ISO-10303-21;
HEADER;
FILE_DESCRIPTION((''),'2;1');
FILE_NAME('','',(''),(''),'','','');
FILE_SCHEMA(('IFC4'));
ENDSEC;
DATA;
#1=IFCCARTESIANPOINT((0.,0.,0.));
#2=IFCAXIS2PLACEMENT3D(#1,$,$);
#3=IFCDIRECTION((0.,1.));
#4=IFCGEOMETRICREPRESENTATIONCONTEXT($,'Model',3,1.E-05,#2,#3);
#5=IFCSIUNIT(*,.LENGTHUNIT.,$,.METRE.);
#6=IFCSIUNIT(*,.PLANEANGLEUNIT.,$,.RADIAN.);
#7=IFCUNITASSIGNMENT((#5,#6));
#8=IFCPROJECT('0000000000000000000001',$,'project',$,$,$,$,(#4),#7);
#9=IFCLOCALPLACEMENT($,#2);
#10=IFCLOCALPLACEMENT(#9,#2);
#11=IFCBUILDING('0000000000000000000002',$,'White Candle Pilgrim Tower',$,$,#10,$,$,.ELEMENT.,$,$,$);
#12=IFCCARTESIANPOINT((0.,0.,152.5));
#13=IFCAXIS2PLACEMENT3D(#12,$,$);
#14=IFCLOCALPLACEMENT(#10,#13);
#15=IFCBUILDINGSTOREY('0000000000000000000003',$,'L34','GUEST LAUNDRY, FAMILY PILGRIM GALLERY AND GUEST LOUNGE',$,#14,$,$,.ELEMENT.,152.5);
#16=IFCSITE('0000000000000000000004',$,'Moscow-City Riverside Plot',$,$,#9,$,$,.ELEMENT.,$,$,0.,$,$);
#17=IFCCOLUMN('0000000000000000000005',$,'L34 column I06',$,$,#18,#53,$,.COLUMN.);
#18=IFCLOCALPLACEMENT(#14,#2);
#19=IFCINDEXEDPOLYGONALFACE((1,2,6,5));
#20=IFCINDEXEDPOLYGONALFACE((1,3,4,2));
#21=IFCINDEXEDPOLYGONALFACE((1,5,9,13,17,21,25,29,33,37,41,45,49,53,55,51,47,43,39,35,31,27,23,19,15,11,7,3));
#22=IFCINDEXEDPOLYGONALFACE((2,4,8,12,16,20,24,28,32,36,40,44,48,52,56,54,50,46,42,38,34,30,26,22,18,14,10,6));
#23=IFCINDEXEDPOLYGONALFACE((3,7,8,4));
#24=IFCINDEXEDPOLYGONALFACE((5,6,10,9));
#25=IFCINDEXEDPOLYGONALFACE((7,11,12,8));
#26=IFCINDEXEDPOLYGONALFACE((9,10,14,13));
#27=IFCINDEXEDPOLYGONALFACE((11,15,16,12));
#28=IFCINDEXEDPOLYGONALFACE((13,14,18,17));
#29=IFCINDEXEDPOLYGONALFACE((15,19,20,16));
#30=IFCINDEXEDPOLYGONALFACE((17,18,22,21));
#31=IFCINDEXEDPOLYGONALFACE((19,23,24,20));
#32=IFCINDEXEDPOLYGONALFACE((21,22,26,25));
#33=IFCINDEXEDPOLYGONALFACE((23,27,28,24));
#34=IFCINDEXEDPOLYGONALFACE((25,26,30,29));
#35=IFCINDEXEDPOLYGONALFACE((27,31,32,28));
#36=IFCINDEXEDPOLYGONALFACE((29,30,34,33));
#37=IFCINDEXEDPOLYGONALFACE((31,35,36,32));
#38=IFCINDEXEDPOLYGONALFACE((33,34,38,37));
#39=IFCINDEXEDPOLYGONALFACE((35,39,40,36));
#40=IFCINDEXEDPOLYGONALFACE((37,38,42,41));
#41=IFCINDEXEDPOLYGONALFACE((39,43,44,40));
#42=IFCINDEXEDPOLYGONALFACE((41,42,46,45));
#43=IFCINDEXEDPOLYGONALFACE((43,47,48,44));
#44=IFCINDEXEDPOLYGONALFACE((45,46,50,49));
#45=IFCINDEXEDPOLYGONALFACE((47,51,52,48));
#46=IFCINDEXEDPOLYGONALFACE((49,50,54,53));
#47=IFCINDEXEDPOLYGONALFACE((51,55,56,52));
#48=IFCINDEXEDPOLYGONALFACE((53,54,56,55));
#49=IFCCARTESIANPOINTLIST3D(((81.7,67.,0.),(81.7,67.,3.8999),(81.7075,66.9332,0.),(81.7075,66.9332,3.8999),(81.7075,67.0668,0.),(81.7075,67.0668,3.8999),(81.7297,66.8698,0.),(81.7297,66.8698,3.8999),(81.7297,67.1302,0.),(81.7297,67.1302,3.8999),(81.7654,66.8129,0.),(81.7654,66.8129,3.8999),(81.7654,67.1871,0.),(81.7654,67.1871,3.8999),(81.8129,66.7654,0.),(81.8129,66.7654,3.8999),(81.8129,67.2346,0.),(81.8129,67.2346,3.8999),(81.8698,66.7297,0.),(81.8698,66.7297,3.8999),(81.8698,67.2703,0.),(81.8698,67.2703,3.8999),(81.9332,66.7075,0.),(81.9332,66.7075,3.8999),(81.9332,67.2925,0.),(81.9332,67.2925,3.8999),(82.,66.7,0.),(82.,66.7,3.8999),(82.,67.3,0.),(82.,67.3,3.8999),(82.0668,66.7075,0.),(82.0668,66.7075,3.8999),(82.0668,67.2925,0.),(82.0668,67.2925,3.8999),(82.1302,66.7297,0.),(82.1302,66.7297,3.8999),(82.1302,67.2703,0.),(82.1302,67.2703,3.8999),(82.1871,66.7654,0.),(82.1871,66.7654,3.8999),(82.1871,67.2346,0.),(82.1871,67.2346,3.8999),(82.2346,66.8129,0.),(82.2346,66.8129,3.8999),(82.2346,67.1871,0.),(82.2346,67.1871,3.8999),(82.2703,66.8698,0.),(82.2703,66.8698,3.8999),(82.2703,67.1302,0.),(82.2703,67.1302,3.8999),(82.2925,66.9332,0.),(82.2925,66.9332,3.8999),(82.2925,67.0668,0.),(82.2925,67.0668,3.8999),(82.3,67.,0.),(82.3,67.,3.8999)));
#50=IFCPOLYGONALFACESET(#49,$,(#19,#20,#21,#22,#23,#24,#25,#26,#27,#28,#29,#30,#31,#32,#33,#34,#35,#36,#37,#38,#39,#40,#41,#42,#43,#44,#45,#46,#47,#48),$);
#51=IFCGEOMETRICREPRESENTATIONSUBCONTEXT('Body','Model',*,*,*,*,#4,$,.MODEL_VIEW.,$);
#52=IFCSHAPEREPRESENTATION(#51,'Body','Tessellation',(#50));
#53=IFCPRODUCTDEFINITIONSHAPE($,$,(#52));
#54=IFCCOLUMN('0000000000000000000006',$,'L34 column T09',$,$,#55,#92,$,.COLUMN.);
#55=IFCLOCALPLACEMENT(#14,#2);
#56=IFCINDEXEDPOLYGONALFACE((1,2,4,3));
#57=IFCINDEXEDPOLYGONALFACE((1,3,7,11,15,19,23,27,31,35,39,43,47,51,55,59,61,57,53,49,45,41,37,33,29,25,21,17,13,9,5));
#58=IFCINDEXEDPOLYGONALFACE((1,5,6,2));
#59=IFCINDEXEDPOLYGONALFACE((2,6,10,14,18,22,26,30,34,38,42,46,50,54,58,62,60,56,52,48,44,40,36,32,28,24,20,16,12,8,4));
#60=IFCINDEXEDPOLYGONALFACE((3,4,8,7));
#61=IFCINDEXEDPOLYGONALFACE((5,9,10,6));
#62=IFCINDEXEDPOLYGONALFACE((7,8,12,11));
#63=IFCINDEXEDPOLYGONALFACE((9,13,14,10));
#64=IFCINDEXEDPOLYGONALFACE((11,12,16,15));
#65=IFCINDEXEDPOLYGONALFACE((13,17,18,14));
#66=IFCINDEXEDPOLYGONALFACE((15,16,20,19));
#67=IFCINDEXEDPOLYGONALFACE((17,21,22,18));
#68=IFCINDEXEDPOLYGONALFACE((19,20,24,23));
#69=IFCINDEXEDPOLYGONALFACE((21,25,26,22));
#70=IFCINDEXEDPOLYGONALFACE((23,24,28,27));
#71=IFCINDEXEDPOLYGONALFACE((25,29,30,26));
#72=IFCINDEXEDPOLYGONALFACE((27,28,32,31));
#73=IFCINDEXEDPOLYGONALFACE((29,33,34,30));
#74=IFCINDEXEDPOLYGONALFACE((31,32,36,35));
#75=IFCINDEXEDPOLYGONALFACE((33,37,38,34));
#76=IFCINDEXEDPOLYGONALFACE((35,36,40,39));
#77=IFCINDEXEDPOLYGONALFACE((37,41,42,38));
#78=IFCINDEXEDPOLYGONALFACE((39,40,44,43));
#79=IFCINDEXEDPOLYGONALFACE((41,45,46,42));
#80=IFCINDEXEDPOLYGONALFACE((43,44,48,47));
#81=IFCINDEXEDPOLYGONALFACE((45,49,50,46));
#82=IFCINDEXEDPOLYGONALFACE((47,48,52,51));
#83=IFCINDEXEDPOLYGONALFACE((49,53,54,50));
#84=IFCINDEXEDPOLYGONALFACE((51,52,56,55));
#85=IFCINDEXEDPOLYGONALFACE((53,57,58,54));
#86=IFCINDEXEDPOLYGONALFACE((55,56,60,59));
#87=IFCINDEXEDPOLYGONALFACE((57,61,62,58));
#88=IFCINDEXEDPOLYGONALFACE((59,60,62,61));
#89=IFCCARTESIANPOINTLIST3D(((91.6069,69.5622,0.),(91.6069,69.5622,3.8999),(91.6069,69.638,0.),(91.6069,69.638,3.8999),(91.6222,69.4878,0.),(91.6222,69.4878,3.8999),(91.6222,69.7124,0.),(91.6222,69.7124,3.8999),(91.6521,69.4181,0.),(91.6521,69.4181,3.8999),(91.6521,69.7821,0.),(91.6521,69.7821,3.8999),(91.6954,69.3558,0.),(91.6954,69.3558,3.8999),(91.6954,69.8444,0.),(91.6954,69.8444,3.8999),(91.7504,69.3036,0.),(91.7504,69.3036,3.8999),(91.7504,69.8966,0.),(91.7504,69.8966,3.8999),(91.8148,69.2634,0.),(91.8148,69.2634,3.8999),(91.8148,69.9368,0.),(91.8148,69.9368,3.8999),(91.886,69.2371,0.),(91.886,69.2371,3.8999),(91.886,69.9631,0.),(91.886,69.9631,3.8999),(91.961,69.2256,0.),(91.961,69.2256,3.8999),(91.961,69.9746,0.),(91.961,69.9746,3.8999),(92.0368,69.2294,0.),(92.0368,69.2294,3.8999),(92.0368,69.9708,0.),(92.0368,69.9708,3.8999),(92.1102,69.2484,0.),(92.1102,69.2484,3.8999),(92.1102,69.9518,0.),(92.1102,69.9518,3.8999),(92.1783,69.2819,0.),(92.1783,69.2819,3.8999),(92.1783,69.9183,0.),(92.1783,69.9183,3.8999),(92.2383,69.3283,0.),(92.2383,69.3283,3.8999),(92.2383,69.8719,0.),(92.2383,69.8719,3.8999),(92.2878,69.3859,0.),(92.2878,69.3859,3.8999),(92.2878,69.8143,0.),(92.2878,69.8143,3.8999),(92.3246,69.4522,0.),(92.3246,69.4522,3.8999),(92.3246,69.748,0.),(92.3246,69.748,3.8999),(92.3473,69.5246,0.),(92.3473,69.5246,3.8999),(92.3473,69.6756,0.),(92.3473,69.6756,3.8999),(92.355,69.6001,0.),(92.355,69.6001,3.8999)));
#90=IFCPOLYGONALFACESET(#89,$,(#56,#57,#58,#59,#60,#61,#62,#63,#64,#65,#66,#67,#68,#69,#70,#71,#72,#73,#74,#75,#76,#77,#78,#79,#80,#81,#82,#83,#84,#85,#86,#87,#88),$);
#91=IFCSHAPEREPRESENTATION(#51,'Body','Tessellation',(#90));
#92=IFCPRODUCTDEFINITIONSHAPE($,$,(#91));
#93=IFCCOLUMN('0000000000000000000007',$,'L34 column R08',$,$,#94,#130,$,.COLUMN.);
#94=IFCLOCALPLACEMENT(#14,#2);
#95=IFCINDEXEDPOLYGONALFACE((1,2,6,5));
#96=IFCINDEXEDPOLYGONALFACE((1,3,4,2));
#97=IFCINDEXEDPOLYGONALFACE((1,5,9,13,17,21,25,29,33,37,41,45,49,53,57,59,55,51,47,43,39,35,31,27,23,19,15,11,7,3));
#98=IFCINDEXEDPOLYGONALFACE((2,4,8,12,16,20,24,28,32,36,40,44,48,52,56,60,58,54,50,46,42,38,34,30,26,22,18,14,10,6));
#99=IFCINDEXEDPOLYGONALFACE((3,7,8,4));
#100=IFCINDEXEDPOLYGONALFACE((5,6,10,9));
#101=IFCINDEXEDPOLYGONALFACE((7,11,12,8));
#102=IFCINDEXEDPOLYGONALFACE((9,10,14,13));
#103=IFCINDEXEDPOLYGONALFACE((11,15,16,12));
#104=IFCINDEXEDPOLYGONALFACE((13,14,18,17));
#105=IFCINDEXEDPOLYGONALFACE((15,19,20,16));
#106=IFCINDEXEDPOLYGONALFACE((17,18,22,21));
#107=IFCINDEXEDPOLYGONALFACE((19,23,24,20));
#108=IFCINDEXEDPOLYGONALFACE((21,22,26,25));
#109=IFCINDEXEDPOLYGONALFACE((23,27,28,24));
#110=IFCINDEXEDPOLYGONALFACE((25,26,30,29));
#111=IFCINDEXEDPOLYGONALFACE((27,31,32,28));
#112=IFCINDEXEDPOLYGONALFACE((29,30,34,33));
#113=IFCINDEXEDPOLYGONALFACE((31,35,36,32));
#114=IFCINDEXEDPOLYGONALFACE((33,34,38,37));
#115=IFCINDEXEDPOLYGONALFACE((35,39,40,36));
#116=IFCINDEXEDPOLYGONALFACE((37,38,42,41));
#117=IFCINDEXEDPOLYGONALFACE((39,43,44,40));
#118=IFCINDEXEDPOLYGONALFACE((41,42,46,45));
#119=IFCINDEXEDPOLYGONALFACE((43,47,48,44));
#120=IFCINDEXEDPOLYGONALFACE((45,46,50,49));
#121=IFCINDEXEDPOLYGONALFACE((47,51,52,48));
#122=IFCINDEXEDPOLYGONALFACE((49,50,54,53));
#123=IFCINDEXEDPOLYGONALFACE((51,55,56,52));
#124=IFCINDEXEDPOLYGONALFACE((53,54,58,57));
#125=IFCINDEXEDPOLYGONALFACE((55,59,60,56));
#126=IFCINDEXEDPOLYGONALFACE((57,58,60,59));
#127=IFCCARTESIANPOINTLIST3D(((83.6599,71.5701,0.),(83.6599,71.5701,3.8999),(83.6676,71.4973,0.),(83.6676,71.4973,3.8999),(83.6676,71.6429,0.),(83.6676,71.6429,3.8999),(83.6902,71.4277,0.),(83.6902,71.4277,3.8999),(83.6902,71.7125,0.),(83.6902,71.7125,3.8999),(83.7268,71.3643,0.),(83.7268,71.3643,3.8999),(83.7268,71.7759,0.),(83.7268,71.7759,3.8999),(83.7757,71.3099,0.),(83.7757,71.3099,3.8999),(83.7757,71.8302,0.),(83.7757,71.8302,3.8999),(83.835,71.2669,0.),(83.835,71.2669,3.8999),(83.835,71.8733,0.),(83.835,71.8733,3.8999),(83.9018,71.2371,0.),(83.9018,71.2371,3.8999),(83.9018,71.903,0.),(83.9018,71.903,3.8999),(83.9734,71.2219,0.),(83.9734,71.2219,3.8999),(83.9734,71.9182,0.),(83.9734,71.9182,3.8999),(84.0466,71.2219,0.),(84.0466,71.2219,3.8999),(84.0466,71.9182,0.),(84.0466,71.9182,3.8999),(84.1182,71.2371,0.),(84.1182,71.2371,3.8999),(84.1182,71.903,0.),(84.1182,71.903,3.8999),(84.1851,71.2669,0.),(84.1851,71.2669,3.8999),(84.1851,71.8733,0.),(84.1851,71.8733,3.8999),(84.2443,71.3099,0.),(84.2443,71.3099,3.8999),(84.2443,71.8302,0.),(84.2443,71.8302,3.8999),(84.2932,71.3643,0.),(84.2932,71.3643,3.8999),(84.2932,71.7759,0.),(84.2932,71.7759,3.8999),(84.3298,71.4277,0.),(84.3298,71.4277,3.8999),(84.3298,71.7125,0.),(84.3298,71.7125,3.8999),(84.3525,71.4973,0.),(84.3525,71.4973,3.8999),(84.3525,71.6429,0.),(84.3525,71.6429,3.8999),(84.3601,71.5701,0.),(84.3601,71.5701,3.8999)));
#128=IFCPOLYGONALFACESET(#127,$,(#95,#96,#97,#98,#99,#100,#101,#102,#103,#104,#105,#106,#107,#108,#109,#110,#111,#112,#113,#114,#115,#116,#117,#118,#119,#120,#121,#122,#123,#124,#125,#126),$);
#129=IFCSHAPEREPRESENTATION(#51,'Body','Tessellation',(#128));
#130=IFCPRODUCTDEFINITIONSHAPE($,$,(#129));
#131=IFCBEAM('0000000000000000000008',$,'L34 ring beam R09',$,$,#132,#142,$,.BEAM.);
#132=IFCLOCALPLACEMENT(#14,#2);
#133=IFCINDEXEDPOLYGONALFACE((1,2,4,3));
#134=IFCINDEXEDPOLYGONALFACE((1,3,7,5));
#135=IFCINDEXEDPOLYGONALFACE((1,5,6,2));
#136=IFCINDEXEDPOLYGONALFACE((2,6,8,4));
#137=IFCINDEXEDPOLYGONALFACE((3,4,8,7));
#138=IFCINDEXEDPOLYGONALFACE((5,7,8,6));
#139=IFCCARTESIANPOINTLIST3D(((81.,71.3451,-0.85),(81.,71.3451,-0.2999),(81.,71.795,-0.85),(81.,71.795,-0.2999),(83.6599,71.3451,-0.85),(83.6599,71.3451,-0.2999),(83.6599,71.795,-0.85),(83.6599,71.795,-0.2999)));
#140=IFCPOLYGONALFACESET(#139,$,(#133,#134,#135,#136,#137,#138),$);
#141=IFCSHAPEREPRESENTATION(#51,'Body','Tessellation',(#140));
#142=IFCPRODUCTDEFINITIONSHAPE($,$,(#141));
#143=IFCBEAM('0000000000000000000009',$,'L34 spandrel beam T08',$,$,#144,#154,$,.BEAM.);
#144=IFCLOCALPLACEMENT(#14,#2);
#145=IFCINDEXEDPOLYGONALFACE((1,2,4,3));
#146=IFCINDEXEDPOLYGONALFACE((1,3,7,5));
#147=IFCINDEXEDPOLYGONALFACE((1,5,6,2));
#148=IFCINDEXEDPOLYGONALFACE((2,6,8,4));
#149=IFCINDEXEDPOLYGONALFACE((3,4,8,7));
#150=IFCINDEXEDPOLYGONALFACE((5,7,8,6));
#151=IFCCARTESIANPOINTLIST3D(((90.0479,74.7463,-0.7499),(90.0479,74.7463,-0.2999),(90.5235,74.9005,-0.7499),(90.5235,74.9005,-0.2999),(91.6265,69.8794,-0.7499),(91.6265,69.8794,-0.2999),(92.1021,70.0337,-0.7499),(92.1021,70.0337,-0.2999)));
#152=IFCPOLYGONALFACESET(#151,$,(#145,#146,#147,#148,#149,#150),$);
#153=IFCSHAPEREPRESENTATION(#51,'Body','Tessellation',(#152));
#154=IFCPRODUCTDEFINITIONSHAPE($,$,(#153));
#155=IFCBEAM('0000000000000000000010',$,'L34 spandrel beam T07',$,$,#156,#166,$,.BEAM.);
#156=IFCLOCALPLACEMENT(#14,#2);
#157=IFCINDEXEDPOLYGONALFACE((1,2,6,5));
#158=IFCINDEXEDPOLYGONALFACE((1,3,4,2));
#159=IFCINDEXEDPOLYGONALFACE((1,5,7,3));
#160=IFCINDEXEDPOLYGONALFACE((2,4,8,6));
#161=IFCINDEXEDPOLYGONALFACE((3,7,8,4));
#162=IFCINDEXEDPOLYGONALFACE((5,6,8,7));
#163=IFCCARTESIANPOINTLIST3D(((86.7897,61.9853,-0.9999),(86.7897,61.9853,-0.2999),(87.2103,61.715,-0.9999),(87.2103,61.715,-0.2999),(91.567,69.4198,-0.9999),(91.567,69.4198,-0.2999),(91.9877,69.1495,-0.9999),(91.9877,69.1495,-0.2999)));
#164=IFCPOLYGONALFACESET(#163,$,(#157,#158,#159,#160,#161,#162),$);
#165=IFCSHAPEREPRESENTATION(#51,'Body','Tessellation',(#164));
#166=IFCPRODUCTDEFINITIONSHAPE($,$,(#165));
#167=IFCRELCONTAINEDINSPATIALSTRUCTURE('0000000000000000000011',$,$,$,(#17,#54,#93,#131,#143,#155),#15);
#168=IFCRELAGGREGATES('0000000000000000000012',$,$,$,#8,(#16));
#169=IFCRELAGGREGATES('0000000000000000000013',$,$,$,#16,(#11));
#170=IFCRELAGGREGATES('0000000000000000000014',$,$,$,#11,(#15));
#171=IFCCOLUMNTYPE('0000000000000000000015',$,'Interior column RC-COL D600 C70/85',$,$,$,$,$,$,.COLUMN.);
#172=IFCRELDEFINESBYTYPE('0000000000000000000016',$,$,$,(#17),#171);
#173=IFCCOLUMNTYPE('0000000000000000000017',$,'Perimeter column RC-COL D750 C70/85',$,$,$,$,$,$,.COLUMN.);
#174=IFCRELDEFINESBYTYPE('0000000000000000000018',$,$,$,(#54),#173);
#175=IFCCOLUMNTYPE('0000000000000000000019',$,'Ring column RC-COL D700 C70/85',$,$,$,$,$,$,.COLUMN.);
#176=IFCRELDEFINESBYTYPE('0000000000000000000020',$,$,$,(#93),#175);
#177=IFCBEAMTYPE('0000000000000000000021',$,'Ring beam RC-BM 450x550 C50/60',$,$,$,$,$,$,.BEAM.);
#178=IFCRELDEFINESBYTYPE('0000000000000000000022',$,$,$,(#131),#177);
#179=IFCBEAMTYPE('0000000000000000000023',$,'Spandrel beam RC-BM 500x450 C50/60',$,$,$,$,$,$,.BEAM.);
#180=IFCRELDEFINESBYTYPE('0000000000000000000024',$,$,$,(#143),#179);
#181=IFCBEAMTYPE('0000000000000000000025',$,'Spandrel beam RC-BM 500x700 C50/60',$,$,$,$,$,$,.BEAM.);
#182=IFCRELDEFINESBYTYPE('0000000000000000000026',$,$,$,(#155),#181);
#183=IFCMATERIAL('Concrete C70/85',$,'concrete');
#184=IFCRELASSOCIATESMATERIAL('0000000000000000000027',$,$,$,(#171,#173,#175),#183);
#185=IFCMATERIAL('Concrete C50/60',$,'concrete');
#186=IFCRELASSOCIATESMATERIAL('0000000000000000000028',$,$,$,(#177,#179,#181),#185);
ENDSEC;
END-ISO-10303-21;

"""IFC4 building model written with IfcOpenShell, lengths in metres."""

from ifc_helpers import new_model, si_unit, direction, frame, origin, origin_2d, place, context, subcontext, project, spatial, rectangle, circle, extrude, material, material_profile, profile_set, type_object, element, save


model = new_model("IFC4")

# Units and contexts
model_context = context("Model", 3, precision=1e-05, world=origin(), true_north=direction((0.0, 1.0)))
body_context = subcontext(model_context, "Body", "Model", "MODEL_VIEW")
ifc_project = project(units=[si_unit("LENGTHUNIT", "METRE"), si_unit("PLANEANGLEUNIT", "RADIAN")], contexts=[model_context])

# Site, building, storey
site_placement = place(None, origin())
site = spatial("IfcSite", under=ifc_project, at=site_placement, Name="Moscow-City Riverside Plot", CompositionType="ELEMENT", RefElevation=0.0)
building_placement = place(site_placement, origin())
building = spatial("IfcBuilding", under=site, at=building_placement, Name="White Candle Pilgrim Tower", CompositionType="ELEMENT")
storey_placement = place(building_placement, frame((0.0, 0.0, 152.5)))
storey = spatial("IfcBuildingStorey", under=building, at=storey_placement, Name="L34", Description="GUEST LAUNDRY, FAMILY PILGRIM GALLERY AND GUEST LOUNGE", CompositionType="ELEMENT", Elevation=152.5)

# Columns
ifc_material_1 = material(Name="Concrete C70/85", Category="concrete")
ifc_material_profile_1 = material_profile(ifc_material_1, circle(Radius=0.3, at=origin_2d()), Name="RC-COL D600")
ifc_profile_set_1 = profile_set([ifc_material_profile_1], Name="Concrete C70/85")
column_type_1 = type_object("IfcColumnType", Name="Interior column RC-COL D600 C70/85", PredefinedType="COLUMN", material=ifc_profile_set_1)
column_1_placement = place(storey_placement, frame((82.0, 67.0, 0.0), z_axis=(0.0, 0.0, 1.0), x_axis=(1.0, 0.0, 0.0)))
element("IfcColumn", 1, at=column_1_placement, inside=storey, type_object=column_type_1, Name="L34 column I06", PredefinedType="COLUMN", context=body_context, shape_type="SweptSolid", body=[
    extrude(circle(Radius=0.3, at=origin_2d()), origin(), (0.0, 0.0, 1.0), 3.8999),
])
ifc_material_profile_2 = material_profile(ifc_material_1, circle(Radius=0.375, at=origin_2d()), Name="RC-COL D750")
ifc_profile_set_2 = profile_set([ifc_material_profile_2], Name="Concrete C70/85")
column_type_2 = type_object("IfcColumnType", Name="Perimeter column RC-COL D750 C70/85", PredefinedType="COLUMN", material=ifc_profile_set_2)
column_2_placement = place(storey_placement, frame((91.98, 69.6001, 0.0), z_axis=(0.0, 0.0, 1.0), x_axis=(1.0, 0.0, 0.0)))
element("IfcColumn", 2, at=column_2_placement, inside=storey, type_object=column_type_2, Name="L34 column T09", PredefinedType="COLUMN", context=body_context, shape_type="SweptSolid", body=[
    extrude(circle(Radius=0.375, at=origin_2d()), origin(), (0.0, 0.0, 1.0), 3.8999),
])
ifc_material_profile_3 = material_profile(ifc_material_1, circle(Radius=0.3501, at=origin_2d()), Name="RC-COL D700")
ifc_profile_set_3 = profile_set([ifc_material_profile_3], Name="Concrete C70/85")
column_type_3 = type_object("IfcColumnType", Name="Ring column RC-COL D700 C70/85", PredefinedType="COLUMN", material=ifc_profile_set_3)
column_3_placement = place(storey_placement, frame((84.01, 71.5701, 0.0), z_axis=(0.0, 0.0, 1.0), x_axis=(1.0, 0.0, 0.0)))
element("IfcColumn", 3, at=column_3_placement, inside=storey, type_object=column_type_3, Name="L34 column R08", PredefinedType="COLUMN", context=body_context, shape_type="SweptSolid", body=[
    extrude(circle(Radius=0.3501, at=origin_2d()), origin(), (0.0, 0.0, 1.0), 3.8999),
])

# Beams
ifc_material_2 = material(Name="Concrete C50/60", Category="concrete")
ifc_material_profile_4 = material_profile(ifc_material_2, rectangle(XDim=0.45, YDim=0.55, at=origin_2d()), Name="RC-BM 450x550")
ifc_profile_set_4 = profile_set([ifc_material_profile_4], Name="Concrete C50/60")
beam_type_1 = type_object("IfcBeamType", Name="Ring beam RC-BM 450x550 C50/60", PredefinedType="BEAM", material=ifc_profile_set_4)
beam_1_placement = place(storey_placement, frame((83.6599, 71.5701, -0.575), z_axis=(-1.0, 0.0, 0.0), x_axis=(0.0, -1.0, 0.0)))
element("IfcBeam", 4, at=beam_1_placement, inside=storey, type_object=beam_type_1, Name="L34 ring beam R09", PredefinedType="BEAM", context=body_context, shape_type="SweptSolid", body=[
    extrude(rectangle(XDim=0.45, YDim=0.55, at=origin_2d()), origin(), (0.0, 0.0, 1.0), 2.6599),
])
ifc_material_profile_5 = material_profile(ifc_material_2, rectangle(XDim=0.5, YDim=0.45, at=origin_2d()), Name="RC-BM 500x450")
ifc_profile_set_5 = profile_set([ifc_material_profile_5], Name="Concrete C50/60")
beam_type_2 = type_object("IfcBeamType", Name="Spandrel beam RC-BM 500x450 C50/60", PredefinedType="BEAM", material=ifc_profile_set_5)
beam_2_placement = place(storey_placement, frame((91.8643, 69.9565, -0.5249), z_axis=(-0.30853, 0.951214, 0.0), x_axis=(-0.951214, -0.30853, 0.0)))
element("IfcBeam", 5, at=beam_2_placement, inside=storey, type_object=beam_type_2, Name="L34 spandrel beam T08", PredefinedType="BEAM", context=body_context, shape_type="SweptSolid", body=[
    extrude(rectangle(XDim=0.5, YDim=0.45, at=origin_2d()), origin(), (0.0, 0.0, 1.0), 5.1165),
])
ifc_material_profile_6 = material_profile(ifc_material_2, rectangle(XDim=0.5, YDim=0.7, at=origin_2d()), Name="RC-BM 500x700")
ifc_profile_set_6 = profile_set([ifc_material_profile_6], Name="Concrete C50/60")
beam_type_3 = type_object("IfcBeamType", Name="Spandrel beam RC-BM 500x700 C50/60", PredefinedType="BEAM", material=ifc_profile_set_6)
beam_3_placement = place(storey_placement, frame((91.7773, 69.2847, -0.6499), z_axis=(-0.540596, -0.841283, 0.0), x_axis=(0.841283, -0.540596, 0.0)))
element("IfcBeam", 6, at=beam_3_placement, inside=storey, type_object=beam_type_3, Name="L34 spandrel beam T07", PredefinedType="BEAM", context=body_context, shape_type="SweptSolid", body=[
    extrude(rectangle(XDim=0.5, YDim=0.7, at=origin_2d()), origin(), (0.0, 0.0, 1.0), 8.8372),
])

save(model, "model.ifc")
